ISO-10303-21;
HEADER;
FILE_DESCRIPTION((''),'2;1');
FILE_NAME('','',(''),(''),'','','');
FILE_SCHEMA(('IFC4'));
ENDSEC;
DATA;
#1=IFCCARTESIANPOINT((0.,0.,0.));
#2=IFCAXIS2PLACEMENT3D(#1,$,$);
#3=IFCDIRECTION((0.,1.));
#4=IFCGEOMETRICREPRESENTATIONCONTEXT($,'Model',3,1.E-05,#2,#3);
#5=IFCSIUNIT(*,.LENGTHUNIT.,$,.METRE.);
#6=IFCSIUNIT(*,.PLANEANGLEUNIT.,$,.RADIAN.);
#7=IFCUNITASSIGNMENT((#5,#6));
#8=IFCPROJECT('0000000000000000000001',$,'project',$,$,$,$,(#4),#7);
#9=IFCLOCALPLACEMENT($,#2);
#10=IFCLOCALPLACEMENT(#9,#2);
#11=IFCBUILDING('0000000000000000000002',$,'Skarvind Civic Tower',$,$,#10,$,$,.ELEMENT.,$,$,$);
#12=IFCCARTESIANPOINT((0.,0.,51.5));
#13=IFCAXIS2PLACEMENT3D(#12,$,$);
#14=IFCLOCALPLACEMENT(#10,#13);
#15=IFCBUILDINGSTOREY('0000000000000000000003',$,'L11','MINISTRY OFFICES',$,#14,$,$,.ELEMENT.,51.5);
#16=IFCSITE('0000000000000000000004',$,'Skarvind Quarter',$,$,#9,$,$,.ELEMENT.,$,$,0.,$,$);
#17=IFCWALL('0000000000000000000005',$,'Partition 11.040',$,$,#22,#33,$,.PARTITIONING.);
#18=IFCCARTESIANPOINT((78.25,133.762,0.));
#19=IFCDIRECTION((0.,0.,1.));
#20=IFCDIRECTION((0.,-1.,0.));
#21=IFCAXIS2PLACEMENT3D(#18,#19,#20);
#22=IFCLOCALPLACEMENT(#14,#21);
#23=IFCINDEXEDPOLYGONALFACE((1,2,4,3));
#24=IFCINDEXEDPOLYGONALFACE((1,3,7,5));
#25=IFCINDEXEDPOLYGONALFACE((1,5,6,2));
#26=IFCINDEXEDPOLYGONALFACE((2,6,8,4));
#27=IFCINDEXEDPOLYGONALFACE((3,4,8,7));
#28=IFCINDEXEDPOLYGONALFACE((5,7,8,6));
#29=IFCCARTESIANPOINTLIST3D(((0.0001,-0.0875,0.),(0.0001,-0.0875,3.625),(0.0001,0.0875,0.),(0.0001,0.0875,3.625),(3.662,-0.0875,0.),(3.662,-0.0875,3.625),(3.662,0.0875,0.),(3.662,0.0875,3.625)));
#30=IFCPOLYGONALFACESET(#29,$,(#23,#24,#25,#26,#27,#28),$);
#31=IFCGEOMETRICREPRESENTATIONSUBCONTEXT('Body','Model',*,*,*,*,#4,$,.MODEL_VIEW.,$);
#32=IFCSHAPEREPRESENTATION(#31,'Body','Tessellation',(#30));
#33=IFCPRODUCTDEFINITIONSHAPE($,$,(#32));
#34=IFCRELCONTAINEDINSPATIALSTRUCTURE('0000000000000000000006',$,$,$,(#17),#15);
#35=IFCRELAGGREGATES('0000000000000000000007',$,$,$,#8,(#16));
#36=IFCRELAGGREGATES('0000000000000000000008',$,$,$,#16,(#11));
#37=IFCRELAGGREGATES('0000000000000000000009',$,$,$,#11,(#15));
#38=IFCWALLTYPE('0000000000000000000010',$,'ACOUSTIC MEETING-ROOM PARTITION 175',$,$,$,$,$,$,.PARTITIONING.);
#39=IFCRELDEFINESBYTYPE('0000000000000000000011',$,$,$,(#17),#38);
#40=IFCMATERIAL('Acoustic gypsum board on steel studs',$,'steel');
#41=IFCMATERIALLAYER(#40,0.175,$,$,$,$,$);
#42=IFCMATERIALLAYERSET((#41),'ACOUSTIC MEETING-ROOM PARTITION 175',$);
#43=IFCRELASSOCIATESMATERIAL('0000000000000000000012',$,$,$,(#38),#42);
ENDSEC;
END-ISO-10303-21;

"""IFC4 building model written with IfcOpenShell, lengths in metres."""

from ifc_helpers import new_model, si_unit, direction, frame, frame_2d, origin, place, context, subcontext, project, spatial, rectangle, extrude, material, layer, layer_set, type_object, element, save


model = new_model("IFC4")

# Units and contexts
model_context = context("Model", 3, precision=1e-05, world=origin(), true_north=direction((0.0, 1.0)))
body_context = subcontext(model_context, "Body", "Model", "MODEL_VIEW")
ifc_project = project(units=[si_unit("LENGTHUNIT", "METRE"), si_unit("PLANEANGLEUNIT", "RADIAN")], contexts=[model_context])

# Site, building, storey
site_placement = place(None, origin())
site = spatial("IfcSite", under=ifc_project, at=site_placement, Name="Skarvind Quarter", CompositionType="ELEMENT", RefElevation=0.0)
building_placement = place(site_placement, origin())
building = spatial("IfcBuilding", under=site, at=building_placement, Name="Skarvind Civic Tower", CompositionType="ELEMENT")
storey_placement = place(building_placement, frame((0.0, 0.0, 51.5)))
storey = spatial("IfcBuildingStorey", under=building, at=storey_placement, Name="L11", Description="MINISTRY OFFICES", CompositionType="ELEMENT", Elevation=51.5)

# Wall
ifc_material_1 = material(Name="Acoustic gypsum board on steel studs", Category="steel")
ifc_layer_1 = layer(ifc_material_1, 0.175)
ifc_layer_set_1 = layer_set([ifc_layer_1], Name="ACOUSTIC MEETING-ROOM PARTITION 175")
wall_type_1 = type_object("IfcWallType", Name="ACOUSTIC MEETING-ROOM PARTITION 175", PredefinedType="PARTITIONING", material=ifc_layer_set_1)
wall_1_placement = place(storey_placement, frame((78.25, 133.762, 0.0), z_axis=(0.0, 0.0, 1.0), x_axis=(0.0, -1.0, 0.0)))
element("IfcWall", 1, at=wall_1_placement, inside=storey, type_object=wall_type_1, Name="Partition 11.040", PredefinedType="PARTITIONING", context=body_context, shape_type="SweptSolid", body=[
    extrude(rectangle(XDim=3.6619, YDim=0.175, at=frame_2d((1.8311, 0.0))), origin(), (0.0, 0.0, 1.0), 3.625),
])

save(model, "model.ifc")
